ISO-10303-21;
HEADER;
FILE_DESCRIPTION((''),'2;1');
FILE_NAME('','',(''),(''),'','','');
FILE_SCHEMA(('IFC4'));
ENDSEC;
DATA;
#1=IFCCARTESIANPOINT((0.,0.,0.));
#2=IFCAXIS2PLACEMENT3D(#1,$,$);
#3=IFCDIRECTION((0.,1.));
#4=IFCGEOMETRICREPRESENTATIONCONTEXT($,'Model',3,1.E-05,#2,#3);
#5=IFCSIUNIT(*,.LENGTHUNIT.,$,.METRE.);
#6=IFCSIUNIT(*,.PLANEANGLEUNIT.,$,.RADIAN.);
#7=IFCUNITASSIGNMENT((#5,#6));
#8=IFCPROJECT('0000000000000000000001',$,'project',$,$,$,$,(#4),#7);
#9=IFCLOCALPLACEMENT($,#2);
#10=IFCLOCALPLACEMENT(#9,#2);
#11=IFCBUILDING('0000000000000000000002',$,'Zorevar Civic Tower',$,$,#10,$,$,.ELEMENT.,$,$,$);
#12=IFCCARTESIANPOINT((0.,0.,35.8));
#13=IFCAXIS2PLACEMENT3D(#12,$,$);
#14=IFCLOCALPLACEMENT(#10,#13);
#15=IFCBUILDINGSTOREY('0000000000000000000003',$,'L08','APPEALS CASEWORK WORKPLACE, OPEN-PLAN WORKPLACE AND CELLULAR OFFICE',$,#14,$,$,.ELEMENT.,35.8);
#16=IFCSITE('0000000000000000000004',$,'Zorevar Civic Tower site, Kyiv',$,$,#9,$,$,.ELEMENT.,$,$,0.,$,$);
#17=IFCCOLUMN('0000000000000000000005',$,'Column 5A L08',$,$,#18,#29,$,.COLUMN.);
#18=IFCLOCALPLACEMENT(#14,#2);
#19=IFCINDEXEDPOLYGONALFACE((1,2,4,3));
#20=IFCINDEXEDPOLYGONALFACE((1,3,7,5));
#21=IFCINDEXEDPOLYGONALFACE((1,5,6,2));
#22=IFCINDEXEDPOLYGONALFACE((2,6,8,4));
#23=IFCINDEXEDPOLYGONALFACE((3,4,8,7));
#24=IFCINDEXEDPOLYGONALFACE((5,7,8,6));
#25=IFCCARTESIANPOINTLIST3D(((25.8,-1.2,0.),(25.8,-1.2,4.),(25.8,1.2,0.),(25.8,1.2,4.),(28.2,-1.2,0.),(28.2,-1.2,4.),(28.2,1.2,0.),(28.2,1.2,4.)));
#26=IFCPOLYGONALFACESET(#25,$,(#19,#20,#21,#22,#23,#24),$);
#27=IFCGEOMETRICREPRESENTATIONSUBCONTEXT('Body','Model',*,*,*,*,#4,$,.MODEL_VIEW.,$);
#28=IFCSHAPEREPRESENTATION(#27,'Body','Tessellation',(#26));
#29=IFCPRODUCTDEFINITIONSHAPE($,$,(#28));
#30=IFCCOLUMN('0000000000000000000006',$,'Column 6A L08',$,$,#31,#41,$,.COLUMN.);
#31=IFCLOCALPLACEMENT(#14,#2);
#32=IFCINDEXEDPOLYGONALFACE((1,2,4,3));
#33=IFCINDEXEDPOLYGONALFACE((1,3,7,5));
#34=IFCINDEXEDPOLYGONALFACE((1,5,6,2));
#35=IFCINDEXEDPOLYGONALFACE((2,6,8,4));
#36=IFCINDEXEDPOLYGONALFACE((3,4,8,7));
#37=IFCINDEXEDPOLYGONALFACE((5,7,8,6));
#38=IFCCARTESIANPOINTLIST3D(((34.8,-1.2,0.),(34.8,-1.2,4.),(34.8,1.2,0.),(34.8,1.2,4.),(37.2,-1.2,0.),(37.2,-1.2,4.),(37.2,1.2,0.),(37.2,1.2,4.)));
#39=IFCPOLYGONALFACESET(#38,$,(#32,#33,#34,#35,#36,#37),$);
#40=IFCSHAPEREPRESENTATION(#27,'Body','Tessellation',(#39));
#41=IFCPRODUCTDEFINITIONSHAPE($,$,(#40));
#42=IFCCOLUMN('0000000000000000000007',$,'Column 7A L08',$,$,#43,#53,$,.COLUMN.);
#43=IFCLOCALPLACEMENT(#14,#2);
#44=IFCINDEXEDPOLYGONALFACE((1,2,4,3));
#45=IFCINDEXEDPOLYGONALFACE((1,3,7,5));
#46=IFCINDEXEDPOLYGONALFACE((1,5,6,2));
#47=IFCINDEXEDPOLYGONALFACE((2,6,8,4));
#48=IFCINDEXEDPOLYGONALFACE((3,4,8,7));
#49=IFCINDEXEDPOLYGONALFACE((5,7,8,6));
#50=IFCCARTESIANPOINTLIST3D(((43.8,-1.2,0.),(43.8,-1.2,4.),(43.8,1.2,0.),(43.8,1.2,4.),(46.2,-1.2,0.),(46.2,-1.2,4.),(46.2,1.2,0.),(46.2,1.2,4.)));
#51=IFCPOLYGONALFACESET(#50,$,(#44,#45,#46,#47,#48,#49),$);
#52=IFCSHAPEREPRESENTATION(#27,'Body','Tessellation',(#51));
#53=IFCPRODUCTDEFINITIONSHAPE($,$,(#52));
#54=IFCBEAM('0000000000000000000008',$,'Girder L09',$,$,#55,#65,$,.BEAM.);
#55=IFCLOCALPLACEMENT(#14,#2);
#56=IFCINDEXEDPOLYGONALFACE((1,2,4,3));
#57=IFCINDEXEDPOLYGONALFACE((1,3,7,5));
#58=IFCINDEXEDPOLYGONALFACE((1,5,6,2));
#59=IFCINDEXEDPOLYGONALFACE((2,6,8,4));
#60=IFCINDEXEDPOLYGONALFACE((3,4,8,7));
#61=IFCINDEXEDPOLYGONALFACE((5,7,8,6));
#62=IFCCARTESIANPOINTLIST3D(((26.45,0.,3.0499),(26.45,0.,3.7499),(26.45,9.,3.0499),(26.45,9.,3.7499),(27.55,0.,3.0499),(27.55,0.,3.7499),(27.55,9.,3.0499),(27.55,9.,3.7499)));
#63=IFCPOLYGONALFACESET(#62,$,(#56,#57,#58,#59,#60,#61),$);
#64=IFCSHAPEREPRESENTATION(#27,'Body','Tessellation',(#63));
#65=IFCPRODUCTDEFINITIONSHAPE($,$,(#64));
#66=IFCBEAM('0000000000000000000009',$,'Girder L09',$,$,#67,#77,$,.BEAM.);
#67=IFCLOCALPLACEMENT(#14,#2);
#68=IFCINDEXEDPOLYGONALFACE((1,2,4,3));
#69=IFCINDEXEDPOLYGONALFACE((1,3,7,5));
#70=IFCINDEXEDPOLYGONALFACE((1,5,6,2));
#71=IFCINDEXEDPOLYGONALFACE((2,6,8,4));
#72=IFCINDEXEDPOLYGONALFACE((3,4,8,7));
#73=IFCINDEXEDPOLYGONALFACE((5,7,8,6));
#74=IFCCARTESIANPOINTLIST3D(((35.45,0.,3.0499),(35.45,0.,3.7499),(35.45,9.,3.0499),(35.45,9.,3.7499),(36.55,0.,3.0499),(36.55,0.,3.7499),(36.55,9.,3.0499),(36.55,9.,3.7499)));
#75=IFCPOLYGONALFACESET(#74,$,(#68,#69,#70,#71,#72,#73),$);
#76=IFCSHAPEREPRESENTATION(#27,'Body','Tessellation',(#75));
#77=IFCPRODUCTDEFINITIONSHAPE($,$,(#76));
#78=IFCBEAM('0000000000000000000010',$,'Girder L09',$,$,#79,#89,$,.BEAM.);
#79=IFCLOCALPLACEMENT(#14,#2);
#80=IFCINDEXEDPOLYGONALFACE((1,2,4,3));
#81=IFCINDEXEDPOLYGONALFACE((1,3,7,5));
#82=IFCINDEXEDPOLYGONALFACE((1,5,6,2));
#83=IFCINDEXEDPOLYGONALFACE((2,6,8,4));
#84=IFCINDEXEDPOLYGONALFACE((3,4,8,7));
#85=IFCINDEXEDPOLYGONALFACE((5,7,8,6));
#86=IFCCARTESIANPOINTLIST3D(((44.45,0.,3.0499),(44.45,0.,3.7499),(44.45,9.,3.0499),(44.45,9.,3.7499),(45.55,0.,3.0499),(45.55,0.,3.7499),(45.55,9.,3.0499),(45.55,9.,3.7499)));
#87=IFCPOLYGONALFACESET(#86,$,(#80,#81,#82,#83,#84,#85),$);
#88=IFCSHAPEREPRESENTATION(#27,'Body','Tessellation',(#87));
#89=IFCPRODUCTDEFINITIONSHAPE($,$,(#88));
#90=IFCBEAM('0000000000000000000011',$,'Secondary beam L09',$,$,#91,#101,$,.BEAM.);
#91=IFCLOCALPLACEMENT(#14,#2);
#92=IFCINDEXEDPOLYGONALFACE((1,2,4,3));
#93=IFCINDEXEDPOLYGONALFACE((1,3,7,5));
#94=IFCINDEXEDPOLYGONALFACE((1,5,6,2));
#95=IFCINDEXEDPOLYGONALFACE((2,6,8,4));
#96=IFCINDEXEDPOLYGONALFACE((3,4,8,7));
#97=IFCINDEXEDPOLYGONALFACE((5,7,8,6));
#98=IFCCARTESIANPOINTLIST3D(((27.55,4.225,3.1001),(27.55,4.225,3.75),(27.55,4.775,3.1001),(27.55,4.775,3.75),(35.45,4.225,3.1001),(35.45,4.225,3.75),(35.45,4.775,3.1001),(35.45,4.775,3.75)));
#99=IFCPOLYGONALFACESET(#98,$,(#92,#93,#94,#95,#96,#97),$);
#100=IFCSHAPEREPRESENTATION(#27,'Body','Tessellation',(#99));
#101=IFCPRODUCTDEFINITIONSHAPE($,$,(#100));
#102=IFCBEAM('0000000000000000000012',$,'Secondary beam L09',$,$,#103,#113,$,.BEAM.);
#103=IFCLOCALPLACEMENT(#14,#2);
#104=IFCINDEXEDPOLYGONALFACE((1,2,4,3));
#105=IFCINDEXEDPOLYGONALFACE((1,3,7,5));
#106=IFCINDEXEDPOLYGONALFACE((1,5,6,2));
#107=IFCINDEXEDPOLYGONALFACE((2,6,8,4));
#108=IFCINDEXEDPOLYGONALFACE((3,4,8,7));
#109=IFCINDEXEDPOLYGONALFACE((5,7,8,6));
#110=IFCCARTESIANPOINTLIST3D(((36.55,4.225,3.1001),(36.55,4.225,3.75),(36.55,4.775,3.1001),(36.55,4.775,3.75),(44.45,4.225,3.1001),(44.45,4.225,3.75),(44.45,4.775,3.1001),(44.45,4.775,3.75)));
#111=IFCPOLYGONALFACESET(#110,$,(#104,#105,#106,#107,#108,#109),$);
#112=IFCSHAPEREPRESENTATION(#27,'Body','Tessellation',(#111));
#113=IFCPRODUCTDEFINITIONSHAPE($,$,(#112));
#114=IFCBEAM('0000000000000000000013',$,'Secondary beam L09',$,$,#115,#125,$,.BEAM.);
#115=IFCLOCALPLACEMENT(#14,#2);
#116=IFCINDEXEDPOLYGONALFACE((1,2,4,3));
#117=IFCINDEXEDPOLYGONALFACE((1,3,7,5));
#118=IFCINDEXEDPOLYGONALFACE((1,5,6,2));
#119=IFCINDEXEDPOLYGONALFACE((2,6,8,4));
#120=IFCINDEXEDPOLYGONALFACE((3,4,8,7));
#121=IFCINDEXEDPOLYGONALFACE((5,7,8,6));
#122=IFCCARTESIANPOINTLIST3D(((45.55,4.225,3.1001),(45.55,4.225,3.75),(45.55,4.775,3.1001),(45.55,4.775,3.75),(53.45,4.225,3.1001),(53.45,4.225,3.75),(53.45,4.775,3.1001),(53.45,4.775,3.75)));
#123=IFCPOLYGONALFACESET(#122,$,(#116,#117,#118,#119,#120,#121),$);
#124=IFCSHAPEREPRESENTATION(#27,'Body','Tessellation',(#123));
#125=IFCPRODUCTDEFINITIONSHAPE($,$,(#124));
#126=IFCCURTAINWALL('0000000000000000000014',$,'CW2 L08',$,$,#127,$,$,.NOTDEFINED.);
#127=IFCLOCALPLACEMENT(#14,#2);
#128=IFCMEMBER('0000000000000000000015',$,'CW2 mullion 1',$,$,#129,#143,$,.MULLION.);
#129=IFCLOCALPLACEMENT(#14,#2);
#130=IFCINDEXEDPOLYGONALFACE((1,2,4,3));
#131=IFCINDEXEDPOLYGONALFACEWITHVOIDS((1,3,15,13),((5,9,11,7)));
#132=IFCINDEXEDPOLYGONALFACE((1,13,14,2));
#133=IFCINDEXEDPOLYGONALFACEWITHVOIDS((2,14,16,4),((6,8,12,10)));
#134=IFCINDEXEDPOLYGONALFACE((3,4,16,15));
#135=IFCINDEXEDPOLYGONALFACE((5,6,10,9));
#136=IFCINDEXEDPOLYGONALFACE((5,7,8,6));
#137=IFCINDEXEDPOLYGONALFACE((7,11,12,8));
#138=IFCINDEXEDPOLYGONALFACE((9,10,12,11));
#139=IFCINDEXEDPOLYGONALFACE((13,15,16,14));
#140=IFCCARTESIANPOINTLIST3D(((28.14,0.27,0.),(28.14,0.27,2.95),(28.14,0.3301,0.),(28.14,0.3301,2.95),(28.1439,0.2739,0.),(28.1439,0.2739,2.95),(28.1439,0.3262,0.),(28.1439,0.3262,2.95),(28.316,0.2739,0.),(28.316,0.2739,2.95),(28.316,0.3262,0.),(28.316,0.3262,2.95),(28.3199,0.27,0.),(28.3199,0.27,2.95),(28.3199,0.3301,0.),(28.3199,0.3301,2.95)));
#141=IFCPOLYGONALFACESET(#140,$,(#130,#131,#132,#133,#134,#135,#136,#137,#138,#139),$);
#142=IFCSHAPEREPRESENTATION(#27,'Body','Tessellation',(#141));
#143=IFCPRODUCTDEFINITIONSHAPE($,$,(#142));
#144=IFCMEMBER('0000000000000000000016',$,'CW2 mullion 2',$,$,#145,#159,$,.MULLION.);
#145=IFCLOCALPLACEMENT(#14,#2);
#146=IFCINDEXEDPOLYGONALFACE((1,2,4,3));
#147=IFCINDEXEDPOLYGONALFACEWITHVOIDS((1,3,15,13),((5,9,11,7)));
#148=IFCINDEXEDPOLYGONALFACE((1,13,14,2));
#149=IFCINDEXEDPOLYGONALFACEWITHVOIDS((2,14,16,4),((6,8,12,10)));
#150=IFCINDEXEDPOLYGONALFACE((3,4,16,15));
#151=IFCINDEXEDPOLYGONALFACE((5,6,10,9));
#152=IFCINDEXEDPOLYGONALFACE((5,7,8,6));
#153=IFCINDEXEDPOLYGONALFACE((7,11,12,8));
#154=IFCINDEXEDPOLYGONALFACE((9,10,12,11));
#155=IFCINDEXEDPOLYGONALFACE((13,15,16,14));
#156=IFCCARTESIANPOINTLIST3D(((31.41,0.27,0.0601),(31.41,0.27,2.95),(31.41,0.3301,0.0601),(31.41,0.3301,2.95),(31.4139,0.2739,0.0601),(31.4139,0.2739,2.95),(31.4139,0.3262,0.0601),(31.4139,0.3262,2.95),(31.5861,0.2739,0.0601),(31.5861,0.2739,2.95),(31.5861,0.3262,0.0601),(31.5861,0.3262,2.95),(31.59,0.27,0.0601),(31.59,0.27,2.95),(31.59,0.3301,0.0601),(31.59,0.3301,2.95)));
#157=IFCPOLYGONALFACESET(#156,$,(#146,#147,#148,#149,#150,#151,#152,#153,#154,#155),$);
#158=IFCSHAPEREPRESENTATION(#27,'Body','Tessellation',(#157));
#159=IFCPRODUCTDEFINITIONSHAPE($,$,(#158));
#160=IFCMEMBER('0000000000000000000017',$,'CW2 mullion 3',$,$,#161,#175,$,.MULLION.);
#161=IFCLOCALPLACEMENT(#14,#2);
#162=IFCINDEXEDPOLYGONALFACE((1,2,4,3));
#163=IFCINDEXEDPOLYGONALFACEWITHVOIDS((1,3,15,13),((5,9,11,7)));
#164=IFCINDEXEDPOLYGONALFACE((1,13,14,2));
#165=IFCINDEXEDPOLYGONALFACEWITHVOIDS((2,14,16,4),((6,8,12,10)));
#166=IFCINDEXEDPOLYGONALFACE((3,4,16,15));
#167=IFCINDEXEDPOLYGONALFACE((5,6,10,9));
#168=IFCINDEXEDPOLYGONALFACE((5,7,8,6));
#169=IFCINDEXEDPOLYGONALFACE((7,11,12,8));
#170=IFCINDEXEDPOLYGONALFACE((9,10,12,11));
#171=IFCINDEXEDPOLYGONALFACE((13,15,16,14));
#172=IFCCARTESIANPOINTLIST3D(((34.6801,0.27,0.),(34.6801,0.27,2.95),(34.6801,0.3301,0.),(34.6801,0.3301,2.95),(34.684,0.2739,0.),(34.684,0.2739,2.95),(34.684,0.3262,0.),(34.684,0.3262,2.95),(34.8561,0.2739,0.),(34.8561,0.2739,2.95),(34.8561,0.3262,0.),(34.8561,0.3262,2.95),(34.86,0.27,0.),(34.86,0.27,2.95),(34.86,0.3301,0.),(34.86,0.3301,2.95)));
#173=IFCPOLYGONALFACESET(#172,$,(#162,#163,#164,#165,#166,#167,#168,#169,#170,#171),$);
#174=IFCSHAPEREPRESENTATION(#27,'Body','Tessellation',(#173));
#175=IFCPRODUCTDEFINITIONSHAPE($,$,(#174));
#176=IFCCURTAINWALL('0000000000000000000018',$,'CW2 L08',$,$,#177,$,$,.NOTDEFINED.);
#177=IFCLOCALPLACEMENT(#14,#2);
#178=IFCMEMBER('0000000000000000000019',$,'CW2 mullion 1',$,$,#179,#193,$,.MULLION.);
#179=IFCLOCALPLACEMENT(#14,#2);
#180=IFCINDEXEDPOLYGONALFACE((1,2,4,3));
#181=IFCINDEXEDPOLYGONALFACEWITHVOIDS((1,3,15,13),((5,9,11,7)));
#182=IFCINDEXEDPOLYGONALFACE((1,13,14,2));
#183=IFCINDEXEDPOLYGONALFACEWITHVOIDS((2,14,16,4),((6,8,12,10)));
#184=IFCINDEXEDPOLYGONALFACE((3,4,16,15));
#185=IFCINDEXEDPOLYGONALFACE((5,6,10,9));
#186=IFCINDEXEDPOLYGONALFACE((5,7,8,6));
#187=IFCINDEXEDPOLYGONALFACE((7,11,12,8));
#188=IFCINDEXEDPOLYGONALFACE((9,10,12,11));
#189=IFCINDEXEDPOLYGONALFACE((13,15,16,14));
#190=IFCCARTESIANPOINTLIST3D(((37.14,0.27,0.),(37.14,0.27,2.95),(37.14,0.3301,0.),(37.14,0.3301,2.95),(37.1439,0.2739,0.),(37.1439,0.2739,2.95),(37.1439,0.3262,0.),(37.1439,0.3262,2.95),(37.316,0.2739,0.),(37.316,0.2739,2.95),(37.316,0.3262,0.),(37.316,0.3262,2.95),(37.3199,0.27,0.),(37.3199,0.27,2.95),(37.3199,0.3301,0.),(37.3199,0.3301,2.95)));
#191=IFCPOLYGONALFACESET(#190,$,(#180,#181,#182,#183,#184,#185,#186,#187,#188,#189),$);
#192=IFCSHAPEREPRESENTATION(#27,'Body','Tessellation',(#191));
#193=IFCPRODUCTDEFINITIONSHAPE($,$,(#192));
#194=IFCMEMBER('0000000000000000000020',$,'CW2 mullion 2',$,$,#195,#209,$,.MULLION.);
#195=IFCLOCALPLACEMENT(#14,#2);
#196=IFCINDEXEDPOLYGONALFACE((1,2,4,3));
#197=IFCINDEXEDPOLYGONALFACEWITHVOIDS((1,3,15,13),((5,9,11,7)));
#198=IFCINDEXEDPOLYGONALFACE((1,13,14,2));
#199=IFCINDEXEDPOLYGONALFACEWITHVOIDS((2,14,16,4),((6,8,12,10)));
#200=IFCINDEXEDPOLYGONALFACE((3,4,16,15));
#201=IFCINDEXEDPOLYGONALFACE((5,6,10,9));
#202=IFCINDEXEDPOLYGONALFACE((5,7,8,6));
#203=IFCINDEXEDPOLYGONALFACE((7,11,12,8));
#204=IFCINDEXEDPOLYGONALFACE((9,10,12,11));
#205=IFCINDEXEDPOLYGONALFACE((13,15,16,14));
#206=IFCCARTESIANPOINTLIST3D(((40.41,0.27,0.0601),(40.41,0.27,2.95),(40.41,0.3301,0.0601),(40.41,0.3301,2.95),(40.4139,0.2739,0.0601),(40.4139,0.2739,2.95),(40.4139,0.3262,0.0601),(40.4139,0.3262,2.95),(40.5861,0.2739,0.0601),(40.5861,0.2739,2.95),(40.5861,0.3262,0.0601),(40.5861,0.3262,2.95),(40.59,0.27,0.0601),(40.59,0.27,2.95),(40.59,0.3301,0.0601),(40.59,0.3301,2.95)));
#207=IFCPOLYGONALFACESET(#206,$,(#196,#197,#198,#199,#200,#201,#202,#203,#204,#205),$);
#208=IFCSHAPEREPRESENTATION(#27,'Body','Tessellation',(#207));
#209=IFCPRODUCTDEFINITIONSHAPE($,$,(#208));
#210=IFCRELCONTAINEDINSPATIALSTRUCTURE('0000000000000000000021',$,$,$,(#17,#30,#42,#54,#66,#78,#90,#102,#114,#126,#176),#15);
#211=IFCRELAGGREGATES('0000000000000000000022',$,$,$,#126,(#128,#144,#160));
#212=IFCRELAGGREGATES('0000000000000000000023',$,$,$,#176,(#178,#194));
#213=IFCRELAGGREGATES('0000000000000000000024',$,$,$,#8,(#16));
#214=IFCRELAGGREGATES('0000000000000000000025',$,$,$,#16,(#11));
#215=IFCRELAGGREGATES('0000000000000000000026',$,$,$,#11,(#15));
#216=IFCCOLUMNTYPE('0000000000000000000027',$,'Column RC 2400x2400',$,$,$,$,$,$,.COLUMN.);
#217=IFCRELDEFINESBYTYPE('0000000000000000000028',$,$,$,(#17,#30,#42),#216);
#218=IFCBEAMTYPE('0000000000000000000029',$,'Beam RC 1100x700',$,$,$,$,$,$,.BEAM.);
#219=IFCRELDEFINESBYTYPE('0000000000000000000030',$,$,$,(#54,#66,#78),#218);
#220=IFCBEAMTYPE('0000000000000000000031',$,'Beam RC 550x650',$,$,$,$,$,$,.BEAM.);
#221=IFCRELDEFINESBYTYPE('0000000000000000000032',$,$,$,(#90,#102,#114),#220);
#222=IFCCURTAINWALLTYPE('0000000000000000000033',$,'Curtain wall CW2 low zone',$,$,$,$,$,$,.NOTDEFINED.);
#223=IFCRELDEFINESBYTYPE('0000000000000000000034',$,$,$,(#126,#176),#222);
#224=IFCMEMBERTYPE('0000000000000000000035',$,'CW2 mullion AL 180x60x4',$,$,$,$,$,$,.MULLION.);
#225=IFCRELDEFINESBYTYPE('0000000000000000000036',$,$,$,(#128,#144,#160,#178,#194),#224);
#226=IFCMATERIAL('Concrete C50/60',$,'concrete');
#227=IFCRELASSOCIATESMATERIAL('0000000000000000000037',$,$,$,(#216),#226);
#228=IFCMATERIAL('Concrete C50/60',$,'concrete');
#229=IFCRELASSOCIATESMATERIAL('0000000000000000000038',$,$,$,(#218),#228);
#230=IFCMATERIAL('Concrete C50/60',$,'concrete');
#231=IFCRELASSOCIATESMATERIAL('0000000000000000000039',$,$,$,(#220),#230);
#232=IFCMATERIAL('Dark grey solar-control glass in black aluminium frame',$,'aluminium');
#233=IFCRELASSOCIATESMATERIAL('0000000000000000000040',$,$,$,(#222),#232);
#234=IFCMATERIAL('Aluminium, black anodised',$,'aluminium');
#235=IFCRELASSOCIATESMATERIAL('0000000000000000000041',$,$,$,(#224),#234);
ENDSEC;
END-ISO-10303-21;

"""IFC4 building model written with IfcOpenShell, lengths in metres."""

from ifc_helpers import new_model, si_unit, direction, frame, origin, origin_2d, place, context, subcontext, project, spatial, rectangle, hollow_rectangle, extrude, material, material_profile, profile_set, type_object, element, aggregate, save


model = new_model("IFC4")

# Units and contexts
model_context = context("Model", 3, precision=1e-05, world=origin(), true_north=direction((0.0, 1.0)))
body_context = subcontext(model_context, "Body", "Model", "MODEL_VIEW")
ifc_project = project(units=[si_unit("LENGTHUNIT", "METRE"), si_unit("PLANEANGLEUNIT", "RADIAN")], contexts=[model_context])

# Site, building, storey
site_placement = place(None, origin())
site = spatial("IfcSite", under=ifc_project, at=site_placement, Name="Zorevar Civic Tower site, Kyiv", CompositionType="ELEMENT", RefElevation=0.0)
building_placement = place(site_placement, origin())
building = spatial("IfcBuilding", under=site, at=building_placement, Name="Zorevar Civic Tower", CompositionType="ELEMENT")
storey_placement = place(building_placement, frame((0.0, 0.0, 35.8)))
storey = spatial("IfcBuildingStorey", under=building, at=storey_placement, Name="L08", Description="APPEALS CASEWORK WORKPLACE, OPEN-PLAN WORKPLACE AND CELLULAR OFFICE", CompositionType="ELEMENT", Elevation=35.8)

# Columns
ifc_material_1 = material(Name="Concrete C50/60", Category="concrete")
ifc_material_profile_1 = material_profile(ifc_material_1, rectangle(XDim=2.3999, YDim=2.3999, at=origin_2d()), Name="RC 2400x2400")
ifc_profile_set_1 = profile_set([ifc_material_profile_1], Name="Concrete C50/60")
column_type = type_object("IfcColumnType", Name="Column RC 2400x2400", PredefinedType="COLUMN", material=ifc_profile_set_1)
for number, where, z_axis, x_axis, name in (
    (1, (27.0, 0.0, 0.0), (0.0, 0.0, 1.0), (1.0, 0.0, 0.0), "Column 5A L08"),
    (2, (36.0, 0.0, 0.0), (0.0, 0.0, 1.0), (1.0, 0.0, 0.0), "Column 6A L08"),
    (3, (45.0, 0.0, 0.0), (0.0, 0.0, 1.0), (1.0, 0.0, 0.0), "Column 7A L08"),
):
    element("IfcColumn", number, at=place(storey_placement, frame(where, z_axis=z_axis, x_axis=x_axis)), inside=storey, type_object=column_type, Name=name, PredefinedType="COLUMN", context=body_context, shape_type="SweptSolid", body=[
        extrude(rectangle(XDim=2.3999, YDim=2.3999, at=origin_2d()), origin(), (0.0, 0.0, 1.0), 4.0),
    ])

# Beams
ifc_material_2 = material(Name="Concrete C50/60", Category="concrete")
ifc_material_profile_2 = material_profile(ifc_material_2, rectangle(XDim=1.1001, YDim=0.7, at=origin_2d()), Name="RC 1100x700")
ifc_profile_set_2 = profile_set([ifc_material_profile_2], Name="Concrete C50/60")
beam_type_1 = type_object("IfcBeamType", Name="Beam RC 1100x700", PredefinedType="BEAM", material=ifc_profile_set_2)
for number, where, z_axis, x_axis, name in (
    (4, (27.0, 0.0, 3.3999), (0.0, 1.0, 0.0), (-1.0, 0.0, 0.0), "Girder L09"),
    (5, (36.0, 0.0, 3.3999), (0.0, 1.0, 0.0), (-1.0, 0.0, 0.0), "Girder L09"),
    (6, (45.0, 0.0, 3.3999), (0.0, 1.0, 0.0), (-1.0, 0.0, 0.0), "Girder L09"),
):
    element("IfcBeam", number, at=place(storey_placement, frame(where, z_axis=z_axis, x_axis=x_axis)), inside=storey, type_object=beam_type_1, Name=name, PredefinedType="BEAM", context=body_context, shape_type="SweptSolid", body=[
        extrude(rectangle(XDim=1.1001, YDim=0.7, at=origin_2d()), origin(), (0.0, 0.0, 1.0), 9.0),
    ])
ifc_material_3 = material(Name="Concrete C50/60", Category="concrete")
ifc_material_profile_3 = material_profile(ifc_material_3, rectangle(XDim=0.55, YDim=0.6499, at=origin_2d()), Name="RC 550x650")
ifc_profile_set_3 = profile_set([ifc_material_profile_3], Name="Concrete C50/60")
beam_type_2 = type_object("IfcBeamType", Name="Beam RC 550x650", PredefinedType="BEAM", material=ifc_profile_set_3)
for number, where, z_axis, x_axis, name in (
    (7, (27.55, 4.5, 3.425), (1.0, 0.0, 0.0), (0.0, 1.0, 0.0), "Secondary beam L09"),
    (8, (36.55, 4.5, 3.425), (1.0, 0.0, 0.0), (0.0, 1.0, 0.0), "Secondary beam L09"),
    (9, (45.55, 4.5, 3.425), (1.0, 0.0, 0.0), (0.0, 1.0, 0.0), "Secondary beam L09"),
):
    element("IfcBeam", number, at=place(storey_placement, frame(where, z_axis=z_axis, x_axis=x_axis)), inside=storey, type_object=beam_type_2, Name=name, PredefinedType="BEAM", context=body_context, shape_type="SweptSolid", body=[
        extrude(rectangle(XDim=0.55, YDim=0.6499, at=origin_2d()), origin(), (0.0, 0.0, 1.0), 7.8999),
    ])

# Curtain walls, members
ifc_material_4 = material(Name="Dark grey solar-control glass in black aluminium frame", Category="aluminium")
curtain_wall_type = type_object("IfcCurtainWallType", Name="Curtain wall CW2 low zone", PredefinedType="NOTDEFINED", material=ifc_material_4)
curtain_wall_1_placement = place(storey_placement, origin())
curtain_wall_1 = element("IfcCurtainWall", 10, at=curtain_wall_1_placement, inside=storey, type_object=curtain_wall_type, Name="CW2 L08", PredefinedType="NOTDEFINED")
ifc_material_5 = material(Name="Aluminium, black anodised", Category="aluminium")
ifc_material_profile_4 = material_profile(ifc_material_5, hollow_rectangle(XDim=0.0601, YDim=0.1799, WallThickness=0.0039, at=origin_2d()), Name="AL 180x60x4")
ifc_profile_set_4 = profile_set([ifc_material_profile_4], Name="Aluminium, black anodised")
member_type_1 = type_object("IfcMemberType", Name="CW2 mullion AL 180x60x4", PredefinedType="MULLION", material=ifc_profile_set_4)
member_1_placement = place(storey_placement, frame((28.23, 0.3, 0.0), z_axis=(0.0, 0.0, 1.0), x_axis=(0.0, 1.0, 0.0)))
member_1 = element("IfcMember", 11, at=member_1_placement, type_object=member_type_1, Name="CW2 mullion 1", PredefinedType="MULLION", context=body_context, shape_type="SweptSolid", body=[
    extrude(hollow_rectangle(XDim=0.0601, YDim=0.1799, WallThickness=0.0039, at=origin_2d()), origin(), (0.0, 0.0, 1.0), 2.95),
])
member_2_placement = place(storey_placement, frame((31.5, 0.3, 0.0601), z_axis=(0.0, 0.0, 1.0), x_axis=(0.0, 1.0, 0.0)))
member_2 = element("IfcMember", 12, at=member_2_placement, type_object=member_type_1, Name="CW2 mullion 2", PredefinedType="MULLION", context=body_context, shape_type="SweptSolid", body=[
    extrude(hollow_rectangle(XDim=0.0601, YDim=0.1799, WallThickness=0.0039, at=origin_2d()), origin(), (0.0, 0.0, 1.0), 2.8899),
])
member_3_placement = place(storey_placement, frame((34.77, 0.3, 0.0), z_axis=(0.0, 0.0, 1.0), x_axis=(0.0, 1.0, 0.0)))
member_3 = element("IfcMember", 13, at=member_3_placement, type_object=member_type_1, Name="CW2 mullion 3", PredefinedType="MULLION", context=body_context, shape_type="SweptSolid", body=[
    extrude(hollow_rectangle(XDim=0.0601, YDim=0.1799, WallThickness=0.0039, at=origin_2d()), origin(), (0.0, 0.0, 1.0), 2.95),
])
curtain_wall_2_placement = place(storey_placement, origin())
curtain_wall_2 = element("IfcCurtainWall", 14, at=curtain_wall_2_placement, inside=storey, type_object=curtain_wall_type, Name="CW2 L08", PredefinedType="NOTDEFINED")
member_4_placement = place(storey_placement, frame((37.23, 0.3, 0.0), z_axis=(0.0, 0.0, 1.0), x_axis=(0.0, 1.0, 0.0)))
member_4 = element("IfcMember", 15, at=member_4_placement, type_object=member_type_1, Name="CW2 mullion 1", PredefinedType="MULLION", context=body_context, shape_type="SweptSolid", body=[
    extrude(hollow_rectangle(XDim=0.0601, YDim=0.1799, WallThickness=0.0039, at=origin_2d()), origin(), (0.0, 0.0, 1.0), 2.95),
])
member_5_placement = place(storey_placement, frame((40.5, 0.3, 0.0601), z_axis=(0.0, 0.0, 1.0), x_axis=(0.0, 1.0, 0.0)))
member_5 = element("IfcMember", 16, at=member_5_placement, type_object=member_type_1, Name="CW2 mullion 2", PredefinedType="MULLION", context=body_context, shape_type="SweptSolid", body=[
    extrude(hollow_rectangle(XDim=0.0601, YDim=0.1799, WallThickness=0.0039, at=origin_2d()), origin(), (0.0, 0.0, 1.0), 2.8899),
])

aggregate(curtain_wall_1, [member_1, member_2, member_3])
aggregate(curtain_wall_2, [member_4, member_5])

save(model, "model.ifc")
